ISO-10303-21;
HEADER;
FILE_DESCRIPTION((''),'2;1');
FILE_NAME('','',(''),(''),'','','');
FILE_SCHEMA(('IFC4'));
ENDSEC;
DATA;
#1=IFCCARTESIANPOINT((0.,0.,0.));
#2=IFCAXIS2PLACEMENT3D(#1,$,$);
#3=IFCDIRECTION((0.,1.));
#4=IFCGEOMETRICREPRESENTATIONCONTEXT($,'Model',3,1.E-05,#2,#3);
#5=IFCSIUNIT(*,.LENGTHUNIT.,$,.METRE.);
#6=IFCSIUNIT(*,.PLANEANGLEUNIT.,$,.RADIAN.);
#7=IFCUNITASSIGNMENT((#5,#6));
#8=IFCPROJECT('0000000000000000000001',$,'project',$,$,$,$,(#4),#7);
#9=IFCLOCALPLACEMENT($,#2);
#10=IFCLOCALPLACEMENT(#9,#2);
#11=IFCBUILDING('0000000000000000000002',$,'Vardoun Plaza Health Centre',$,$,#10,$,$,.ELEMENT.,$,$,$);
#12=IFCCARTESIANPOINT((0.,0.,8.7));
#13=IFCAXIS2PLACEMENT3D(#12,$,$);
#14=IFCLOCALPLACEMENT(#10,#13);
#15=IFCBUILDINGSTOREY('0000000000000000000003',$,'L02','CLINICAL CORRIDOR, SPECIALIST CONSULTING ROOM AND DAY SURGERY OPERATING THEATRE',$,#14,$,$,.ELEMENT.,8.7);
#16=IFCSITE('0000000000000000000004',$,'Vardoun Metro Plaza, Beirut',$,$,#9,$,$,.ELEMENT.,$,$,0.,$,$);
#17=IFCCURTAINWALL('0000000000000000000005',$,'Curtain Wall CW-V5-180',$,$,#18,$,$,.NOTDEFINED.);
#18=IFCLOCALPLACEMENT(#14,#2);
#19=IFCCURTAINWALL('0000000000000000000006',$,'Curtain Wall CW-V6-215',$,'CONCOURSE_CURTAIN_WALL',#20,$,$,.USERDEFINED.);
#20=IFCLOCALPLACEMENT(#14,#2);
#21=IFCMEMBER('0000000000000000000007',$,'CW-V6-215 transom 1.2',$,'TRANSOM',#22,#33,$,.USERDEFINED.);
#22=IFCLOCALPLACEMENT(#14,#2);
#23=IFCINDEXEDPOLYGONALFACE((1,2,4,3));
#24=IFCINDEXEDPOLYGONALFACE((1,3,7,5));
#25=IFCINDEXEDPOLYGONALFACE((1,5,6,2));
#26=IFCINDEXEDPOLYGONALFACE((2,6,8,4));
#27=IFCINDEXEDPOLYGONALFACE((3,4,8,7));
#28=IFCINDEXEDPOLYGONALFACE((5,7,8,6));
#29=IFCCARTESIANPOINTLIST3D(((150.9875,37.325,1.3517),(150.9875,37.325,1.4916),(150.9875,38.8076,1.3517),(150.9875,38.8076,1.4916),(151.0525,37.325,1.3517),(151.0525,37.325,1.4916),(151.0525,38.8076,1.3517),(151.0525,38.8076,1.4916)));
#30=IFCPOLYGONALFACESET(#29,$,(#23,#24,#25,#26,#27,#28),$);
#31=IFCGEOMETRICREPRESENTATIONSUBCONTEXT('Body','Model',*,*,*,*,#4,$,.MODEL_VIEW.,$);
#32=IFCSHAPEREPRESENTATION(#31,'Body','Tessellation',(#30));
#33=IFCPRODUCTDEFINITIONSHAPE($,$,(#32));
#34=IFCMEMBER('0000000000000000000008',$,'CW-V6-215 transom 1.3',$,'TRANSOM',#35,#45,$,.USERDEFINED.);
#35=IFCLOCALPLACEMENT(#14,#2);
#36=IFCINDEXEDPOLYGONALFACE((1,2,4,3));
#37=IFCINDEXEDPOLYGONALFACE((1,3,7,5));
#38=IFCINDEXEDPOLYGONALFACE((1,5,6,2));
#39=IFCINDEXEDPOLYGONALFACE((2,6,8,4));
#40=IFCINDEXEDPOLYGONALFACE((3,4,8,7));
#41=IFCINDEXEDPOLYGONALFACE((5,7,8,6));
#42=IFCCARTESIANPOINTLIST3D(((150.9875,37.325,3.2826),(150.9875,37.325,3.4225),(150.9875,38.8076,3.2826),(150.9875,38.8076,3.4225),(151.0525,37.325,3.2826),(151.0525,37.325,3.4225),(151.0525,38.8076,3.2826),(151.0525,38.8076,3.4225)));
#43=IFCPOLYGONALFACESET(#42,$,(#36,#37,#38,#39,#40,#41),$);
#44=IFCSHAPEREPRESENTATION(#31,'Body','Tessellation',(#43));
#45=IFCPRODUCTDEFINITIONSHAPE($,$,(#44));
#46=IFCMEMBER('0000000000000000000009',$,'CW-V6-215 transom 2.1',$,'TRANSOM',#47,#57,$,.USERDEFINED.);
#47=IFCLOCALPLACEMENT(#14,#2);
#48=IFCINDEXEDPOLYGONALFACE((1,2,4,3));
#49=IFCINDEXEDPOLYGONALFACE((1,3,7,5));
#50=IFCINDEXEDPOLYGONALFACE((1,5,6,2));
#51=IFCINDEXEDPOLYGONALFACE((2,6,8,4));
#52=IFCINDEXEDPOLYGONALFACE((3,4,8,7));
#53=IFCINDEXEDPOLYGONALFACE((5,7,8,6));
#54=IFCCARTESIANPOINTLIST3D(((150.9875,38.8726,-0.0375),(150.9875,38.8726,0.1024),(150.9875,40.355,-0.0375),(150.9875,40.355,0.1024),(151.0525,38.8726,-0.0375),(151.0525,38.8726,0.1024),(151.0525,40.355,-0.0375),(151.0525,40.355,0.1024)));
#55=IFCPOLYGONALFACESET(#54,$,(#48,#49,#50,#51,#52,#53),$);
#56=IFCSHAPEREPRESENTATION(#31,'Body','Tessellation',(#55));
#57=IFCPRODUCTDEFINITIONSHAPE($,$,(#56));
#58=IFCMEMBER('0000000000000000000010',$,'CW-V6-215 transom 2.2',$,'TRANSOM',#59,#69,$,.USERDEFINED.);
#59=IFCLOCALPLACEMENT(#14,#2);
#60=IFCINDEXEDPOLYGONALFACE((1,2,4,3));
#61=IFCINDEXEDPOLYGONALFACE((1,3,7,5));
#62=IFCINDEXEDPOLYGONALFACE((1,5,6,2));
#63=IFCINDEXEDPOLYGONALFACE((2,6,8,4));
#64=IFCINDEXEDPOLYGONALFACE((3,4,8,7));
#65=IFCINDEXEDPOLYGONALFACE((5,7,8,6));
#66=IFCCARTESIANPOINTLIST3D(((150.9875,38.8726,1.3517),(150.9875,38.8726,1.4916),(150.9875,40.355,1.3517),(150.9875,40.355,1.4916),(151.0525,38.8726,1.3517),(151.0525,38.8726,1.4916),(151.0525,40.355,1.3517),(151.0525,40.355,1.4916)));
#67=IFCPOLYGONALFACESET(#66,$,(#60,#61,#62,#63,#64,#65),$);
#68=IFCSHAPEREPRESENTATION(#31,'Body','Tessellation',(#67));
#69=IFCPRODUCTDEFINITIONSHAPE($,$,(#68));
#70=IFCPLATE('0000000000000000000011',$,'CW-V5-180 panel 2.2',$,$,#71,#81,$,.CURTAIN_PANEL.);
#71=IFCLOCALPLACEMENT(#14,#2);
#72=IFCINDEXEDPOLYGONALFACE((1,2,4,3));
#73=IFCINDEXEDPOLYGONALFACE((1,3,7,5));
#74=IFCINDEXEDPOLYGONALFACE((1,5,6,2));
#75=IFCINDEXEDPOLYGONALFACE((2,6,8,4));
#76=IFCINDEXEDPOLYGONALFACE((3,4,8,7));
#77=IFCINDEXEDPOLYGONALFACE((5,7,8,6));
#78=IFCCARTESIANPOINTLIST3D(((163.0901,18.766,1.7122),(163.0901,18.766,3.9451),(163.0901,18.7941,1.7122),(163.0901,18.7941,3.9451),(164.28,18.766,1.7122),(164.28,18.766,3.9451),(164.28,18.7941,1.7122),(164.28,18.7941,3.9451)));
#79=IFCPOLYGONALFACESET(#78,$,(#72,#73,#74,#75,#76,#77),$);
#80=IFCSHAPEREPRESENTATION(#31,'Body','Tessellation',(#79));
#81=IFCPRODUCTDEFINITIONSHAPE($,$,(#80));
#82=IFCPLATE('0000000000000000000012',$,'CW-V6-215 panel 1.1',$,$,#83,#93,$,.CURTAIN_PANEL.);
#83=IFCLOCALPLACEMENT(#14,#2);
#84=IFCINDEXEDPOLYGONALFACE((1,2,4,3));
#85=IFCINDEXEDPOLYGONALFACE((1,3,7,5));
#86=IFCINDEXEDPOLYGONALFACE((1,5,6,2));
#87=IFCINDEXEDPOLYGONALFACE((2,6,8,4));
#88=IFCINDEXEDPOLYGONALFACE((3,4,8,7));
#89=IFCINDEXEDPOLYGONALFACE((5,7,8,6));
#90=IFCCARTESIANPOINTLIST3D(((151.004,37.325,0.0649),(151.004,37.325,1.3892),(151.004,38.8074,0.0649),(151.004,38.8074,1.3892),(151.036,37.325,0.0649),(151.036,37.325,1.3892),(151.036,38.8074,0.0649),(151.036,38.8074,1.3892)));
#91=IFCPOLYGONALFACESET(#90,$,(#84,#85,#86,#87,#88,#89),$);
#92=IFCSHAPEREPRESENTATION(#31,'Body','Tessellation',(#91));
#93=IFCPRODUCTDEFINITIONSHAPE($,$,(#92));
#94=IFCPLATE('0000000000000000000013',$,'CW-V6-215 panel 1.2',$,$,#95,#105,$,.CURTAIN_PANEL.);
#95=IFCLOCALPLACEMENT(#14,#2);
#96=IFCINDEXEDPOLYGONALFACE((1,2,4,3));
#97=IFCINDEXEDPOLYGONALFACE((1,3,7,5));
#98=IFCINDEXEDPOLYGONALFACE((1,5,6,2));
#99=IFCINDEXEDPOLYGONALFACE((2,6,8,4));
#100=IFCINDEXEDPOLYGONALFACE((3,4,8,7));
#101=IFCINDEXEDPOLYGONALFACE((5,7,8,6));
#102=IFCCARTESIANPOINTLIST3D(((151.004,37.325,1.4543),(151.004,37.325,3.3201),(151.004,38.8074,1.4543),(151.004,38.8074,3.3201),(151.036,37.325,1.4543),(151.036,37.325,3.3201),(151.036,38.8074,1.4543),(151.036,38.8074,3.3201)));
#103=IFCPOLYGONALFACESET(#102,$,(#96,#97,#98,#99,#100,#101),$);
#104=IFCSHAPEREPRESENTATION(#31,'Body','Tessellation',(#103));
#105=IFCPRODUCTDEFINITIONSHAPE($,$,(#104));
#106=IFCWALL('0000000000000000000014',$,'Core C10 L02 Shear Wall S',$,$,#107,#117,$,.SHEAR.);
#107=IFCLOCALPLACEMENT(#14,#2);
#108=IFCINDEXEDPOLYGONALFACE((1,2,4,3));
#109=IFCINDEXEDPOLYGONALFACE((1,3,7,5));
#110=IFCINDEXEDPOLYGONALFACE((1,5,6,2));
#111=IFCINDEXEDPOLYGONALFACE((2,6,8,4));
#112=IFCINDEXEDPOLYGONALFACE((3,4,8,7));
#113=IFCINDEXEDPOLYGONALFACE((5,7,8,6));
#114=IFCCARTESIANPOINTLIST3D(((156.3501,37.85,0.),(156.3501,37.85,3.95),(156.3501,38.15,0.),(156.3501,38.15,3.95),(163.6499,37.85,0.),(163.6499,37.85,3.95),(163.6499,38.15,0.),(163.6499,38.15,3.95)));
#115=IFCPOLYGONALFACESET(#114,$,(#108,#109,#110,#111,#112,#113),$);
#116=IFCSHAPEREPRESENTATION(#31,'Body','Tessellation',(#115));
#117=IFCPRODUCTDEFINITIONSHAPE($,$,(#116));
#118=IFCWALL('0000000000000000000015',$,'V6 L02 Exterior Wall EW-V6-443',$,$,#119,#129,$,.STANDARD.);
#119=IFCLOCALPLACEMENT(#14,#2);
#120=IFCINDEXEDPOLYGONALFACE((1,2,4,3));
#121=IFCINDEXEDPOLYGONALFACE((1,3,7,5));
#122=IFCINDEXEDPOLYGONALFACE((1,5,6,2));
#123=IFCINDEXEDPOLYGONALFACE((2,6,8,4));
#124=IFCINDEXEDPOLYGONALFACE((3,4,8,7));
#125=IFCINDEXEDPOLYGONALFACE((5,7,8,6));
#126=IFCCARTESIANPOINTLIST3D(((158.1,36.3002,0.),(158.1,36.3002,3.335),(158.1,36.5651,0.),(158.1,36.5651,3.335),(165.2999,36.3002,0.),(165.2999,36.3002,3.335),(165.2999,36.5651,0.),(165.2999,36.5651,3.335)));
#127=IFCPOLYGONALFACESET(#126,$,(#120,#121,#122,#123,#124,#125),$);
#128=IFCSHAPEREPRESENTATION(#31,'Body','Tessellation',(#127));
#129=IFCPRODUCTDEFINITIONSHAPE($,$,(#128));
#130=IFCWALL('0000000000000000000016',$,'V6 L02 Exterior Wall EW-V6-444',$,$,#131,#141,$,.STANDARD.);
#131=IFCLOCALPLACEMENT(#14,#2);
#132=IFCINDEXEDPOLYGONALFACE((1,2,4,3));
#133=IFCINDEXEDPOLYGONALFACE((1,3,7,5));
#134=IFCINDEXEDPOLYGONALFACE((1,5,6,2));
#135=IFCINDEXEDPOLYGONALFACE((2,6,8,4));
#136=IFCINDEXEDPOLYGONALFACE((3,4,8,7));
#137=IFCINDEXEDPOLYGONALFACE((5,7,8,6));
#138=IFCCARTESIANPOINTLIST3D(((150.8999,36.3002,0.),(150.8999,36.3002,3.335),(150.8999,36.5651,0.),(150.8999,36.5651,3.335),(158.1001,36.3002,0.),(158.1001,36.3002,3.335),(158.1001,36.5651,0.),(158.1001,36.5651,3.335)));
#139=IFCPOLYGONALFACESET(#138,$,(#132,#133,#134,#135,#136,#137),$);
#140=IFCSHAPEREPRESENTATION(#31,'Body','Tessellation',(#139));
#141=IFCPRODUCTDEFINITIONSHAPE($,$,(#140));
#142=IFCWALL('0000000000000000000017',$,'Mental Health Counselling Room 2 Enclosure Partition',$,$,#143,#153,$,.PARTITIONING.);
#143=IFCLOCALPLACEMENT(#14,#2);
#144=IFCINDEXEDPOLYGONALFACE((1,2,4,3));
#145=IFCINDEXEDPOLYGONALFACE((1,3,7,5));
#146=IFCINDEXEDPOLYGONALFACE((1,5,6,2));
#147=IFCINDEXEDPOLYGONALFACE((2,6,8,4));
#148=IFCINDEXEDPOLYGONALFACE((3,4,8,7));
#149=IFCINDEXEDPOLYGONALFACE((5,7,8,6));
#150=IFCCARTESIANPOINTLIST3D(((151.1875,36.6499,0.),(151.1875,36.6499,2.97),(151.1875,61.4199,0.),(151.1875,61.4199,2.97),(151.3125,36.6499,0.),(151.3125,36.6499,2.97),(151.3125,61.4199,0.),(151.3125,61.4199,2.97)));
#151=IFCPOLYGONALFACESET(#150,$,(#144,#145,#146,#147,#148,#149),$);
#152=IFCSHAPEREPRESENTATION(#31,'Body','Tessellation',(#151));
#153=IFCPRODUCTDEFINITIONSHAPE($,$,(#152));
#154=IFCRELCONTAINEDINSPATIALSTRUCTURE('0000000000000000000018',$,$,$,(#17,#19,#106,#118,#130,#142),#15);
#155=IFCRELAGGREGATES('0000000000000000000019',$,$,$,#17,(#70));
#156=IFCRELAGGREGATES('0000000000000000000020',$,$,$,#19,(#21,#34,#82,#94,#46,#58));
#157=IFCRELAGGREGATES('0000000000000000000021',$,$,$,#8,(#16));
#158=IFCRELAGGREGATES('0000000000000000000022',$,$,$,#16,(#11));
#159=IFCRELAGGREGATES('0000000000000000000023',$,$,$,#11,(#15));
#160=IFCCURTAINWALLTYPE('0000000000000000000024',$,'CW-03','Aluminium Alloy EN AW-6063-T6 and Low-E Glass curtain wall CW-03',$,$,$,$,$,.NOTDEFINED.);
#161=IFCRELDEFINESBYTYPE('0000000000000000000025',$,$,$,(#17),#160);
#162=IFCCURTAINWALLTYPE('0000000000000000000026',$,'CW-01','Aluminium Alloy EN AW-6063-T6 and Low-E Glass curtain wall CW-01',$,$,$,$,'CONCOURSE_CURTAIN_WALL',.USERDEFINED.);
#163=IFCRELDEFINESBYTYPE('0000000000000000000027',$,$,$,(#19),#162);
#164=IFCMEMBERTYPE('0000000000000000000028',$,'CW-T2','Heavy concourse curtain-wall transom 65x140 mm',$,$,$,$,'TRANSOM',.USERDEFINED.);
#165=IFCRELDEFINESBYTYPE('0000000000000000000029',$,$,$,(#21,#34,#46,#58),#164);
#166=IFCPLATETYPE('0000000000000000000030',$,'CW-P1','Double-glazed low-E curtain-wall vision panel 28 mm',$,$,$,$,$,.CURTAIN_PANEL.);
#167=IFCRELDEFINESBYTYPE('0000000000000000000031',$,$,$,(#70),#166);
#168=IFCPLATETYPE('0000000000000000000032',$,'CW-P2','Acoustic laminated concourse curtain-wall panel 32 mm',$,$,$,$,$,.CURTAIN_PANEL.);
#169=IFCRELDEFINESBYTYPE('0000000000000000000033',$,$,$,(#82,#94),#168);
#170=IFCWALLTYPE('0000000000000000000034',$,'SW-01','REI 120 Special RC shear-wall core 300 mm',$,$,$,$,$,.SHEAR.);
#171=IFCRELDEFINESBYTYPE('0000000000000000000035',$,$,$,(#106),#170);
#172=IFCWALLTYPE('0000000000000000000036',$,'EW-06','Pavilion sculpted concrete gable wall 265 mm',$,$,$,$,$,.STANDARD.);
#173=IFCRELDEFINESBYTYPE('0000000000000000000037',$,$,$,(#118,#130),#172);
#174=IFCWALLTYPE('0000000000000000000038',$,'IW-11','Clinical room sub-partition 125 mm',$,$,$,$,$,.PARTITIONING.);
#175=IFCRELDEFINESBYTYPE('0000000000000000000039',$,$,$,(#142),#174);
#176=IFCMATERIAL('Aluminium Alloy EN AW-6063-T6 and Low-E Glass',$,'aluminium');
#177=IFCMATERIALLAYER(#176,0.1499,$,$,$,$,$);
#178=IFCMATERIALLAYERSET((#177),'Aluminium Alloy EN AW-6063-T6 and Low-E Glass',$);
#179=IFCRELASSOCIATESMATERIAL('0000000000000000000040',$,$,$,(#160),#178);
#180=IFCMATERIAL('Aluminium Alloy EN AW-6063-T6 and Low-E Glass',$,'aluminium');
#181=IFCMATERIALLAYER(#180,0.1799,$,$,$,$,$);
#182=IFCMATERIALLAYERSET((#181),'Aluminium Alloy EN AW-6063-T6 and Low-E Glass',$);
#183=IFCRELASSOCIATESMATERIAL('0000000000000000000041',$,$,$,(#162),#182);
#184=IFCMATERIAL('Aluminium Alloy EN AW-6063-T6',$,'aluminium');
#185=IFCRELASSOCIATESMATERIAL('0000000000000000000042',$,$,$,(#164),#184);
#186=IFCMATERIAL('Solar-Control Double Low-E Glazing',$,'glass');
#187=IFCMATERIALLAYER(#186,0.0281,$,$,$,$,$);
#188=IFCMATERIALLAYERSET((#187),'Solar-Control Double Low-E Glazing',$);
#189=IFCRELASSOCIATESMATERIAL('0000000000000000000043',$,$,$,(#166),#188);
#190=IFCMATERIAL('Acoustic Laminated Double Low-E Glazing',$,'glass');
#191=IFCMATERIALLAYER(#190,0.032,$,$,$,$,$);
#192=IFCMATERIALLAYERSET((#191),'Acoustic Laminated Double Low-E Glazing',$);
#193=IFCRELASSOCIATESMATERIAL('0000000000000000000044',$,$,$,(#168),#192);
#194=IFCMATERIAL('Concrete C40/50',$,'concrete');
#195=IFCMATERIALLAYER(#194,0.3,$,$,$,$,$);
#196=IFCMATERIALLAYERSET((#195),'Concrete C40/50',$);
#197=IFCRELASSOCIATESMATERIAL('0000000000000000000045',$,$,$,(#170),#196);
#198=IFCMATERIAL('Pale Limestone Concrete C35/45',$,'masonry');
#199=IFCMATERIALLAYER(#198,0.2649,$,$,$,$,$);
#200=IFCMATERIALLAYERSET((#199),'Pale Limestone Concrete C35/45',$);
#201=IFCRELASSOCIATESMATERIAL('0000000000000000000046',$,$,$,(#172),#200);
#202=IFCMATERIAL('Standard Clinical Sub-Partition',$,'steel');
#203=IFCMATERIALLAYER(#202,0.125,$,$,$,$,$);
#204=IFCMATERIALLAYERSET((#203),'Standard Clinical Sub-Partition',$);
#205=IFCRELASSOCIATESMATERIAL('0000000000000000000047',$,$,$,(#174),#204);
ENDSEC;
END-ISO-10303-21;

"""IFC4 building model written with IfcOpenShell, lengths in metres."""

from ifc_helpers import new_model, si_unit, direction, frame, frame_2d, origin, origin_2d, place, context, subcontext, project, spatial, rectangle, extrude, material, layer, layer_set, material_profile, profile_set, type_object, element, aggregate, save


model = new_model("IFC4")

# Units and contexts
model_context = context("Model", 3, precision=1e-05, world=origin(), true_north=direction((0.0, 1.0)))
body_context = subcontext(model_context, "Body", "Model", "MODEL_VIEW")
ifc_project = project(units=[si_unit("LENGTHUNIT", "METRE"), si_unit("PLANEANGLEUNIT", "RADIAN")], contexts=[model_context])

# Site, building, storey
site_placement = place(None, origin())
site = spatial("IfcSite", under=ifc_project, at=site_placement, Name="Vardoun Metro Plaza, Beirut", CompositionType="ELEMENT", RefElevation=0.0)
building_placement = place(site_placement, origin())
building = spatial("IfcBuilding", under=site, at=building_placement, Name="Vardoun Plaza Health Centre", CompositionType="ELEMENT")
storey_placement = place(building_placement, frame((0.0, 0.0, 8.7)))
storey = spatial("IfcBuildingStorey", under=building, at=storey_placement, Name="L02", Description="CLINICAL CORRIDOR, SPECIALIST CONSULTING ROOM AND DAY SURGERY OPERATING THEATRE", CompositionType="ELEMENT", Elevation=8.7)

# Curtain wall
ifc_material_1 = material(Name="Aluminium Alloy EN AW-6063-T6 and Low-E Glass", Category="aluminium")
ifc_layer_1 = layer(ifc_material_1, 0.1499)
ifc_layer_set_1 = layer_set([ifc_layer_1], Name="Aluminium Alloy EN AW-6063-T6 and Low-E Glass")
curtain_wall_type_1 = type_object("IfcCurtainWallType", Name="CW-03", Description="Aluminium Alloy EN AW-6063-T6 and Low-E Glass curtain wall CW-03", PredefinedType="NOTDEFINED", material=ifc_layer_set_1)
curtain_wall_1_placement = place(storey_placement, origin())
curtain_wall_1 = element("IfcCurtainWall", 1, at=curtain_wall_1_placement, inside=storey, type_object=curtain_wall_type_1, Name="Curtain Wall CW-V5-180", PredefinedType="NOTDEFINED")

# Curtain wall, members
ifc_material_2 = material(Name="Aluminium Alloy EN AW-6063-T6 and Low-E Glass", Category="aluminium")
ifc_layer_2 = layer(ifc_material_2, 0.1799)
ifc_layer_set_2 = layer_set([ifc_layer_2], Name="Aluminium Alloy EN AW-6063-T6 and Low-E Glass")
curtain_wall_type_2 = type_object("IfcCurtainWallType", Name="CW-01", Description="Aluminium Alloy EN AW-6063-T6 and Low-E Glass curtain wall CW-01", ElementType="CONCOURSE_CURTAIN_WALL", PredefinedType="USERDEFINED", material=ifc_layer_set_2)
curtain_wall_2_placement = place(storey_placement, origin())
curtain_wall_2 = element("IfcCurtainWall", 2, at=curtain_wall_2_placement, inside=storey, type_object=curtain_wall_type_2, Name="Curtain Wall CW-V6-215", ObjectType="CONCOURSE_CURTAIN_WALL", PredefinedType="USERDEFINED")
ifc_material_3 = material(Name="Aluminium Alloy EN AW-6063-T6", Category="aluminium")
ifc_material_profile_1 = material_profile(ifc_material_3, rectangle(XDim=0.0649, YDim=0.1399, at=origin_2d()), Name="CWT 65x140")
ifc_profile_set_1 = profile_set([ifc_material_profile_1], Name="Aluminium Alloy EN AW-6063-T6")
member_type_1 = type_object("IfcMemberType", Name="CW-T2", Description="Heavy concourse curtain-wall transom 65x140 mm", ElementType="TRANSOM", PredefinedType="USERDEFINED", material=ifc_profile_set_1)
member_1_placement = place(storey_placement, frame((151.02, 37.325, 1.4216), z_axis=(0.0, 1.0, 0.0), x_axis=(-1.0, 0.0, 0.0)))
member_1 = element("IfcMember", 3, at=member_1_placement, type_object=member_type_1, Name="CW-V6-215 transom 1.2", ObjectType="TRANSOM", PredefinedType="USERDEFINED", context=body_context, shape_type="SweptSolid", body=[
    extrude(rectangle(XDim=0.0649, YDim=0.1399, at=origin_2d()), origin(), (0.0, 0.0, 1.0), 1.4827),
])
member_2_placement = place(storey_placement, frame((151.02, 37.325, 3.3525), z_axis=(0.0, 1.0, 0.0), x_axis=(-1.0, 0.0, 0.0)))
member_2 = element("IfcMember", 4, at=member_2_placement, type_object=member_type_1, Name="CW-V6-215 transom 1.3", ObjectType="TRANSOM", PredefinedType="USERDEFINED", context=body_context, shape_type="SweptSolid", body=[
    extrude(rectangle(XDim=0.0649, YDim=0.1399, at=origin_2d()), origin(), (0.0, 0.0, 1.0), 1.4827),
])
member_3_placement = place(storey_placement, frame((151.02, 38.8726, 0.0325), z_axis=(0.0, 1.0, 0.0), x_axis=(-1.0, 0.0, 0.0)))
member_3 = element("IfcMember", 5, at=member_3_placement, type_object=member_type_1, Name="CW-V6-215 transom 2.1", ObjectType="TRANSOM", PredefinedType="USERDEFINED", context=body_context, shape_type="SweptSolid", body=[
    extrude(rectangle(XDim=0.0649, YDim=0.1399, at=origin_2d()), origin(), (0.0, 0.0, 1.0), 1.4824),
])
member_4_placement = place(storey_placement, frame((151.02, 38.8726, 1.4216), z_axis=(0.0, 1.0, 0.0), x_axis=(-1.0, 0.0, 0.0)))
member_4 = element("IfcMember", 6, at=member_4_placement, type_object=member_type_1, Name="CW-V6-215 transom 2.2", ObjectType="TRANSOM", PredefinedType="USERDEFINED", context=body_context, shape_type="SweptSolid", body=[
    extrude(rectangle(XDim=0.0649, YDim=0.1399, at=origin_2d()), origin(), (0.0, 0.0, 1.0), 1.4824),
])

# Plates
ifc_material_4 = material(Name="Solar-Control Double Low-E Glazing", Category="glass")
ifc_layer_3 = layer(ifc_material_4, 0.0281)
ifc_layer_set_3 = layer_set([ifc_layer_3], Name="Solar-Control Double Low-E Glazing")
plate_type_1 = type_object("IfcPlateType", Name="CW-P1", Description="Double-glazed low-E curtain-wall vision panel 28 mm", PredefinedType="CURTAIN_PANEL", material=ifc_layer_set_3)
plate_1_placement = place(storey_placement, frame((163.6851, 18.78, 1.7122), z_axis=(0.0, 0.0, 1.0), x_axis=(1.0, 0.0, 0.0)))
plate_1 = element("IfcPlate", 7, at=plate_1_placement, type_object=plate_type_1, Name="CW-V5-180 panel 2.2", PredefinedType="CURTAIN_PANEL", context=body_context, shape_type="SweptSolid", body=[
    extrude(rectangle(XDim=1.1899, YDim=0.0281, at=origin_2d()), origin(), (0.0, 0.0, 1.0), 2.2329),
])
aggregate(curtain_wall_1, [plate_1])
ifc_material_5 = material(Name="Acoustic Laminated Double Low-E Glazing", Category="glass")
ifc_layer_4 = layer(ifc_material_5, 0.032)
ifc_layer_set_4 = layer_set([ifc_layer_4], Name="Acoustic Laminated Double Low-E Glazing")
plate_type_2 = type_object("IfcPlateType", Name="CW-P2", Description="Acoustic laminated concourse curtain-wall panel 32 mm", PredefinedType="CURTAIN_PANEL", material=ifc_layer_set_4)
plate_2_placement = place(storey_placement, frame((151.02, 38.0662, 0.0649), z_axis=(0.0, 0.0, 1.0), x_axis=(0.0, 1.0, 0.0)))
plate_2 = element("IfcPlate", 8, at=plate_2_placement, type_object=plate_type_2, Name="CW-V6-215 panel 1.1", PredefinedType="CURTAIN_PANEL", context=body_context, shape_type="SweptSolid", body=[
    extrude(rectangle(XDim=1.4824, YDim=0.032, at=origin_2d()), origin(), (0.0, 0.0, 1.0), 1.3242),
])
plate_3_placement = place(storey_placement, frame((151.02, 38.0662, 1.4543), z_axis=(0.0, 0.0, 1.0), x_axis=(0.0, 1.0, 0.0)))
plate_3 = element("IfcPlate", 9, at=plate_3_placement, type_object=plate_type_2, Name="CW-V6-215 panel 1.2", PredefinedType="CURTAIN_PANEL", context=body_context, shape_type="SweptSolid", body=[
    extrude(rectangle(XDim=1.4824, YDim=0.032, at=origin_2d()), origin(), (0.0, 0.0, 1.0), 1.8657),
])
aggregate(curtain_wall_2, [member_1, member_2, plate_2, plate_3, member_3, member_4])

# Wall
ifc_material_6 = material(Name="Concrete C40/50", Category="concrete")
ifc_layer_5 = layer(ifc_material_6, 0.3)
ifc_layer_set_5 = layer_set([ifc_layer_5], Name="Concrete C40/50")
wall_type_1 = type_object("IfcWallType", Name="SW-01", Description="REI 120 Special RC shear-wall core 300 mm", PredefinedType="SHEAR", material=ifc_layer_set_5)
wall_1_placement = place(storey_placement, frame((163.6499, 38.0, 0.0), z_axis=(0.0, 0.0, 1.0), x_axis=(-1.0, 0.0, 0.0)))
element("IfcWall", 10, at=wall_1_placement, inside=storey, type_object=wall_type_1, Name="Core C10 L02 Shear Wall S", PredefinedType="SHEAR", context=body_context, shape_type="SweptSolid", body=[
    extrude(rectangle(XDim=7.2998, YDim=0.3, at=frame_2d((3.6499, 0.0))), origin(), (0.0, 0.0, 1.0), 3.95),
])

# Walls
ifc_material_7 = material(Name="Pale Limestone Concrete C35/45", Category="masonry")
ifc_layer_6 = layer(ifc_material_7, 0.2649)
ifc_layer_set_6 = layer_set([ifc_layer_6], Name="Pale Limestone Concrete C35/45")
wall_type_2 = type_object("IfcWallType", Name="EW-06", Description="Pavilion sculpted concrete gable wall 265 mm", PredefinedType="STANDARD", material=ifc_layer_set_6)
wall_2_placement = place(storey_placement, frame((165.3, 36.4326, 0.0), z_axis=(0.0, 0.0, 1.0), x_axis=(-1.0, 0.0, 0.0)))
element("IfcWall", 11, at=wall_2_placement, inside=storey, type_object=wall_type_2, Name="V6 L02 Exterior Wall EW-V6-443", PredefinedType="STANDARD", context=body_context, shape_type="SweptSolid", body=[
    extrude(rectangle(XDim=7.2, YDim=0.2649, at=frame_2d((3.6001, 0.0))), origin(), (0.0, 0.0, 1.0), 3.335),
])
wall_3_placement = place(storey_placement, frame((158.1001, 36.4326, 0.0), z_axis=(0.0, 0.0, 1.0), x_axis=(-1.0, 0.0, 0.0)))
element("IfcWall", 12, at=wall_3_placement, inside=storey, type_object=wall_type_2, Name="V6 L02 Exterior Wall EW-V6-444", PredefinedType="STANDARD", context=body_context, shape_type="SweptSolid", body=[
    extrude(rectangle(XDim=7.2002, YDim=0.2649, at=frame_2d((3.6001, 0.0))), origin(), (0.0, 0.0, 1.0), 3.335),
])
ifc_material_8 = material(Name="Standard Clinical Sub-Partition", Category="steel")
ifc_layer_7 = layer(ifc_material_8, 0.125)
ifc_layer_set_7 = layer_set([ifc_layer_7], Name="Standard Clinical Sub-Partition")
wall_type_3 = type_object("IfcWallType", Name="IW-11", Description="Clinical room sub-partition 125 mm", PredefinedType="PARTITIONING", material=ifc_layer_set_7)
wall_4_placement = place(storey_placement, frame((151.25, 36.6499, 0.0), z_axis=(0.0, 0.0, 1.0), x_axis=(0.0, 1.0, 0.0)))
element("IfcWall", 13, at=wall_4_placement, inside=storey, type_object=wall_type_3, Name="Mental Health Counselling Room 2 Enclosure Partition", PredefinedType="PARTITIONING", context=body_context, shape_type="SweptSolid", body=[
    extrude(rectangle(XDim=24.77, YDim=0.125, at=frame_2d((12.385, 0.0))), origin(), (0.0, 0.0, 1.0), 2.97),
])

save(model, "model.ifc")
